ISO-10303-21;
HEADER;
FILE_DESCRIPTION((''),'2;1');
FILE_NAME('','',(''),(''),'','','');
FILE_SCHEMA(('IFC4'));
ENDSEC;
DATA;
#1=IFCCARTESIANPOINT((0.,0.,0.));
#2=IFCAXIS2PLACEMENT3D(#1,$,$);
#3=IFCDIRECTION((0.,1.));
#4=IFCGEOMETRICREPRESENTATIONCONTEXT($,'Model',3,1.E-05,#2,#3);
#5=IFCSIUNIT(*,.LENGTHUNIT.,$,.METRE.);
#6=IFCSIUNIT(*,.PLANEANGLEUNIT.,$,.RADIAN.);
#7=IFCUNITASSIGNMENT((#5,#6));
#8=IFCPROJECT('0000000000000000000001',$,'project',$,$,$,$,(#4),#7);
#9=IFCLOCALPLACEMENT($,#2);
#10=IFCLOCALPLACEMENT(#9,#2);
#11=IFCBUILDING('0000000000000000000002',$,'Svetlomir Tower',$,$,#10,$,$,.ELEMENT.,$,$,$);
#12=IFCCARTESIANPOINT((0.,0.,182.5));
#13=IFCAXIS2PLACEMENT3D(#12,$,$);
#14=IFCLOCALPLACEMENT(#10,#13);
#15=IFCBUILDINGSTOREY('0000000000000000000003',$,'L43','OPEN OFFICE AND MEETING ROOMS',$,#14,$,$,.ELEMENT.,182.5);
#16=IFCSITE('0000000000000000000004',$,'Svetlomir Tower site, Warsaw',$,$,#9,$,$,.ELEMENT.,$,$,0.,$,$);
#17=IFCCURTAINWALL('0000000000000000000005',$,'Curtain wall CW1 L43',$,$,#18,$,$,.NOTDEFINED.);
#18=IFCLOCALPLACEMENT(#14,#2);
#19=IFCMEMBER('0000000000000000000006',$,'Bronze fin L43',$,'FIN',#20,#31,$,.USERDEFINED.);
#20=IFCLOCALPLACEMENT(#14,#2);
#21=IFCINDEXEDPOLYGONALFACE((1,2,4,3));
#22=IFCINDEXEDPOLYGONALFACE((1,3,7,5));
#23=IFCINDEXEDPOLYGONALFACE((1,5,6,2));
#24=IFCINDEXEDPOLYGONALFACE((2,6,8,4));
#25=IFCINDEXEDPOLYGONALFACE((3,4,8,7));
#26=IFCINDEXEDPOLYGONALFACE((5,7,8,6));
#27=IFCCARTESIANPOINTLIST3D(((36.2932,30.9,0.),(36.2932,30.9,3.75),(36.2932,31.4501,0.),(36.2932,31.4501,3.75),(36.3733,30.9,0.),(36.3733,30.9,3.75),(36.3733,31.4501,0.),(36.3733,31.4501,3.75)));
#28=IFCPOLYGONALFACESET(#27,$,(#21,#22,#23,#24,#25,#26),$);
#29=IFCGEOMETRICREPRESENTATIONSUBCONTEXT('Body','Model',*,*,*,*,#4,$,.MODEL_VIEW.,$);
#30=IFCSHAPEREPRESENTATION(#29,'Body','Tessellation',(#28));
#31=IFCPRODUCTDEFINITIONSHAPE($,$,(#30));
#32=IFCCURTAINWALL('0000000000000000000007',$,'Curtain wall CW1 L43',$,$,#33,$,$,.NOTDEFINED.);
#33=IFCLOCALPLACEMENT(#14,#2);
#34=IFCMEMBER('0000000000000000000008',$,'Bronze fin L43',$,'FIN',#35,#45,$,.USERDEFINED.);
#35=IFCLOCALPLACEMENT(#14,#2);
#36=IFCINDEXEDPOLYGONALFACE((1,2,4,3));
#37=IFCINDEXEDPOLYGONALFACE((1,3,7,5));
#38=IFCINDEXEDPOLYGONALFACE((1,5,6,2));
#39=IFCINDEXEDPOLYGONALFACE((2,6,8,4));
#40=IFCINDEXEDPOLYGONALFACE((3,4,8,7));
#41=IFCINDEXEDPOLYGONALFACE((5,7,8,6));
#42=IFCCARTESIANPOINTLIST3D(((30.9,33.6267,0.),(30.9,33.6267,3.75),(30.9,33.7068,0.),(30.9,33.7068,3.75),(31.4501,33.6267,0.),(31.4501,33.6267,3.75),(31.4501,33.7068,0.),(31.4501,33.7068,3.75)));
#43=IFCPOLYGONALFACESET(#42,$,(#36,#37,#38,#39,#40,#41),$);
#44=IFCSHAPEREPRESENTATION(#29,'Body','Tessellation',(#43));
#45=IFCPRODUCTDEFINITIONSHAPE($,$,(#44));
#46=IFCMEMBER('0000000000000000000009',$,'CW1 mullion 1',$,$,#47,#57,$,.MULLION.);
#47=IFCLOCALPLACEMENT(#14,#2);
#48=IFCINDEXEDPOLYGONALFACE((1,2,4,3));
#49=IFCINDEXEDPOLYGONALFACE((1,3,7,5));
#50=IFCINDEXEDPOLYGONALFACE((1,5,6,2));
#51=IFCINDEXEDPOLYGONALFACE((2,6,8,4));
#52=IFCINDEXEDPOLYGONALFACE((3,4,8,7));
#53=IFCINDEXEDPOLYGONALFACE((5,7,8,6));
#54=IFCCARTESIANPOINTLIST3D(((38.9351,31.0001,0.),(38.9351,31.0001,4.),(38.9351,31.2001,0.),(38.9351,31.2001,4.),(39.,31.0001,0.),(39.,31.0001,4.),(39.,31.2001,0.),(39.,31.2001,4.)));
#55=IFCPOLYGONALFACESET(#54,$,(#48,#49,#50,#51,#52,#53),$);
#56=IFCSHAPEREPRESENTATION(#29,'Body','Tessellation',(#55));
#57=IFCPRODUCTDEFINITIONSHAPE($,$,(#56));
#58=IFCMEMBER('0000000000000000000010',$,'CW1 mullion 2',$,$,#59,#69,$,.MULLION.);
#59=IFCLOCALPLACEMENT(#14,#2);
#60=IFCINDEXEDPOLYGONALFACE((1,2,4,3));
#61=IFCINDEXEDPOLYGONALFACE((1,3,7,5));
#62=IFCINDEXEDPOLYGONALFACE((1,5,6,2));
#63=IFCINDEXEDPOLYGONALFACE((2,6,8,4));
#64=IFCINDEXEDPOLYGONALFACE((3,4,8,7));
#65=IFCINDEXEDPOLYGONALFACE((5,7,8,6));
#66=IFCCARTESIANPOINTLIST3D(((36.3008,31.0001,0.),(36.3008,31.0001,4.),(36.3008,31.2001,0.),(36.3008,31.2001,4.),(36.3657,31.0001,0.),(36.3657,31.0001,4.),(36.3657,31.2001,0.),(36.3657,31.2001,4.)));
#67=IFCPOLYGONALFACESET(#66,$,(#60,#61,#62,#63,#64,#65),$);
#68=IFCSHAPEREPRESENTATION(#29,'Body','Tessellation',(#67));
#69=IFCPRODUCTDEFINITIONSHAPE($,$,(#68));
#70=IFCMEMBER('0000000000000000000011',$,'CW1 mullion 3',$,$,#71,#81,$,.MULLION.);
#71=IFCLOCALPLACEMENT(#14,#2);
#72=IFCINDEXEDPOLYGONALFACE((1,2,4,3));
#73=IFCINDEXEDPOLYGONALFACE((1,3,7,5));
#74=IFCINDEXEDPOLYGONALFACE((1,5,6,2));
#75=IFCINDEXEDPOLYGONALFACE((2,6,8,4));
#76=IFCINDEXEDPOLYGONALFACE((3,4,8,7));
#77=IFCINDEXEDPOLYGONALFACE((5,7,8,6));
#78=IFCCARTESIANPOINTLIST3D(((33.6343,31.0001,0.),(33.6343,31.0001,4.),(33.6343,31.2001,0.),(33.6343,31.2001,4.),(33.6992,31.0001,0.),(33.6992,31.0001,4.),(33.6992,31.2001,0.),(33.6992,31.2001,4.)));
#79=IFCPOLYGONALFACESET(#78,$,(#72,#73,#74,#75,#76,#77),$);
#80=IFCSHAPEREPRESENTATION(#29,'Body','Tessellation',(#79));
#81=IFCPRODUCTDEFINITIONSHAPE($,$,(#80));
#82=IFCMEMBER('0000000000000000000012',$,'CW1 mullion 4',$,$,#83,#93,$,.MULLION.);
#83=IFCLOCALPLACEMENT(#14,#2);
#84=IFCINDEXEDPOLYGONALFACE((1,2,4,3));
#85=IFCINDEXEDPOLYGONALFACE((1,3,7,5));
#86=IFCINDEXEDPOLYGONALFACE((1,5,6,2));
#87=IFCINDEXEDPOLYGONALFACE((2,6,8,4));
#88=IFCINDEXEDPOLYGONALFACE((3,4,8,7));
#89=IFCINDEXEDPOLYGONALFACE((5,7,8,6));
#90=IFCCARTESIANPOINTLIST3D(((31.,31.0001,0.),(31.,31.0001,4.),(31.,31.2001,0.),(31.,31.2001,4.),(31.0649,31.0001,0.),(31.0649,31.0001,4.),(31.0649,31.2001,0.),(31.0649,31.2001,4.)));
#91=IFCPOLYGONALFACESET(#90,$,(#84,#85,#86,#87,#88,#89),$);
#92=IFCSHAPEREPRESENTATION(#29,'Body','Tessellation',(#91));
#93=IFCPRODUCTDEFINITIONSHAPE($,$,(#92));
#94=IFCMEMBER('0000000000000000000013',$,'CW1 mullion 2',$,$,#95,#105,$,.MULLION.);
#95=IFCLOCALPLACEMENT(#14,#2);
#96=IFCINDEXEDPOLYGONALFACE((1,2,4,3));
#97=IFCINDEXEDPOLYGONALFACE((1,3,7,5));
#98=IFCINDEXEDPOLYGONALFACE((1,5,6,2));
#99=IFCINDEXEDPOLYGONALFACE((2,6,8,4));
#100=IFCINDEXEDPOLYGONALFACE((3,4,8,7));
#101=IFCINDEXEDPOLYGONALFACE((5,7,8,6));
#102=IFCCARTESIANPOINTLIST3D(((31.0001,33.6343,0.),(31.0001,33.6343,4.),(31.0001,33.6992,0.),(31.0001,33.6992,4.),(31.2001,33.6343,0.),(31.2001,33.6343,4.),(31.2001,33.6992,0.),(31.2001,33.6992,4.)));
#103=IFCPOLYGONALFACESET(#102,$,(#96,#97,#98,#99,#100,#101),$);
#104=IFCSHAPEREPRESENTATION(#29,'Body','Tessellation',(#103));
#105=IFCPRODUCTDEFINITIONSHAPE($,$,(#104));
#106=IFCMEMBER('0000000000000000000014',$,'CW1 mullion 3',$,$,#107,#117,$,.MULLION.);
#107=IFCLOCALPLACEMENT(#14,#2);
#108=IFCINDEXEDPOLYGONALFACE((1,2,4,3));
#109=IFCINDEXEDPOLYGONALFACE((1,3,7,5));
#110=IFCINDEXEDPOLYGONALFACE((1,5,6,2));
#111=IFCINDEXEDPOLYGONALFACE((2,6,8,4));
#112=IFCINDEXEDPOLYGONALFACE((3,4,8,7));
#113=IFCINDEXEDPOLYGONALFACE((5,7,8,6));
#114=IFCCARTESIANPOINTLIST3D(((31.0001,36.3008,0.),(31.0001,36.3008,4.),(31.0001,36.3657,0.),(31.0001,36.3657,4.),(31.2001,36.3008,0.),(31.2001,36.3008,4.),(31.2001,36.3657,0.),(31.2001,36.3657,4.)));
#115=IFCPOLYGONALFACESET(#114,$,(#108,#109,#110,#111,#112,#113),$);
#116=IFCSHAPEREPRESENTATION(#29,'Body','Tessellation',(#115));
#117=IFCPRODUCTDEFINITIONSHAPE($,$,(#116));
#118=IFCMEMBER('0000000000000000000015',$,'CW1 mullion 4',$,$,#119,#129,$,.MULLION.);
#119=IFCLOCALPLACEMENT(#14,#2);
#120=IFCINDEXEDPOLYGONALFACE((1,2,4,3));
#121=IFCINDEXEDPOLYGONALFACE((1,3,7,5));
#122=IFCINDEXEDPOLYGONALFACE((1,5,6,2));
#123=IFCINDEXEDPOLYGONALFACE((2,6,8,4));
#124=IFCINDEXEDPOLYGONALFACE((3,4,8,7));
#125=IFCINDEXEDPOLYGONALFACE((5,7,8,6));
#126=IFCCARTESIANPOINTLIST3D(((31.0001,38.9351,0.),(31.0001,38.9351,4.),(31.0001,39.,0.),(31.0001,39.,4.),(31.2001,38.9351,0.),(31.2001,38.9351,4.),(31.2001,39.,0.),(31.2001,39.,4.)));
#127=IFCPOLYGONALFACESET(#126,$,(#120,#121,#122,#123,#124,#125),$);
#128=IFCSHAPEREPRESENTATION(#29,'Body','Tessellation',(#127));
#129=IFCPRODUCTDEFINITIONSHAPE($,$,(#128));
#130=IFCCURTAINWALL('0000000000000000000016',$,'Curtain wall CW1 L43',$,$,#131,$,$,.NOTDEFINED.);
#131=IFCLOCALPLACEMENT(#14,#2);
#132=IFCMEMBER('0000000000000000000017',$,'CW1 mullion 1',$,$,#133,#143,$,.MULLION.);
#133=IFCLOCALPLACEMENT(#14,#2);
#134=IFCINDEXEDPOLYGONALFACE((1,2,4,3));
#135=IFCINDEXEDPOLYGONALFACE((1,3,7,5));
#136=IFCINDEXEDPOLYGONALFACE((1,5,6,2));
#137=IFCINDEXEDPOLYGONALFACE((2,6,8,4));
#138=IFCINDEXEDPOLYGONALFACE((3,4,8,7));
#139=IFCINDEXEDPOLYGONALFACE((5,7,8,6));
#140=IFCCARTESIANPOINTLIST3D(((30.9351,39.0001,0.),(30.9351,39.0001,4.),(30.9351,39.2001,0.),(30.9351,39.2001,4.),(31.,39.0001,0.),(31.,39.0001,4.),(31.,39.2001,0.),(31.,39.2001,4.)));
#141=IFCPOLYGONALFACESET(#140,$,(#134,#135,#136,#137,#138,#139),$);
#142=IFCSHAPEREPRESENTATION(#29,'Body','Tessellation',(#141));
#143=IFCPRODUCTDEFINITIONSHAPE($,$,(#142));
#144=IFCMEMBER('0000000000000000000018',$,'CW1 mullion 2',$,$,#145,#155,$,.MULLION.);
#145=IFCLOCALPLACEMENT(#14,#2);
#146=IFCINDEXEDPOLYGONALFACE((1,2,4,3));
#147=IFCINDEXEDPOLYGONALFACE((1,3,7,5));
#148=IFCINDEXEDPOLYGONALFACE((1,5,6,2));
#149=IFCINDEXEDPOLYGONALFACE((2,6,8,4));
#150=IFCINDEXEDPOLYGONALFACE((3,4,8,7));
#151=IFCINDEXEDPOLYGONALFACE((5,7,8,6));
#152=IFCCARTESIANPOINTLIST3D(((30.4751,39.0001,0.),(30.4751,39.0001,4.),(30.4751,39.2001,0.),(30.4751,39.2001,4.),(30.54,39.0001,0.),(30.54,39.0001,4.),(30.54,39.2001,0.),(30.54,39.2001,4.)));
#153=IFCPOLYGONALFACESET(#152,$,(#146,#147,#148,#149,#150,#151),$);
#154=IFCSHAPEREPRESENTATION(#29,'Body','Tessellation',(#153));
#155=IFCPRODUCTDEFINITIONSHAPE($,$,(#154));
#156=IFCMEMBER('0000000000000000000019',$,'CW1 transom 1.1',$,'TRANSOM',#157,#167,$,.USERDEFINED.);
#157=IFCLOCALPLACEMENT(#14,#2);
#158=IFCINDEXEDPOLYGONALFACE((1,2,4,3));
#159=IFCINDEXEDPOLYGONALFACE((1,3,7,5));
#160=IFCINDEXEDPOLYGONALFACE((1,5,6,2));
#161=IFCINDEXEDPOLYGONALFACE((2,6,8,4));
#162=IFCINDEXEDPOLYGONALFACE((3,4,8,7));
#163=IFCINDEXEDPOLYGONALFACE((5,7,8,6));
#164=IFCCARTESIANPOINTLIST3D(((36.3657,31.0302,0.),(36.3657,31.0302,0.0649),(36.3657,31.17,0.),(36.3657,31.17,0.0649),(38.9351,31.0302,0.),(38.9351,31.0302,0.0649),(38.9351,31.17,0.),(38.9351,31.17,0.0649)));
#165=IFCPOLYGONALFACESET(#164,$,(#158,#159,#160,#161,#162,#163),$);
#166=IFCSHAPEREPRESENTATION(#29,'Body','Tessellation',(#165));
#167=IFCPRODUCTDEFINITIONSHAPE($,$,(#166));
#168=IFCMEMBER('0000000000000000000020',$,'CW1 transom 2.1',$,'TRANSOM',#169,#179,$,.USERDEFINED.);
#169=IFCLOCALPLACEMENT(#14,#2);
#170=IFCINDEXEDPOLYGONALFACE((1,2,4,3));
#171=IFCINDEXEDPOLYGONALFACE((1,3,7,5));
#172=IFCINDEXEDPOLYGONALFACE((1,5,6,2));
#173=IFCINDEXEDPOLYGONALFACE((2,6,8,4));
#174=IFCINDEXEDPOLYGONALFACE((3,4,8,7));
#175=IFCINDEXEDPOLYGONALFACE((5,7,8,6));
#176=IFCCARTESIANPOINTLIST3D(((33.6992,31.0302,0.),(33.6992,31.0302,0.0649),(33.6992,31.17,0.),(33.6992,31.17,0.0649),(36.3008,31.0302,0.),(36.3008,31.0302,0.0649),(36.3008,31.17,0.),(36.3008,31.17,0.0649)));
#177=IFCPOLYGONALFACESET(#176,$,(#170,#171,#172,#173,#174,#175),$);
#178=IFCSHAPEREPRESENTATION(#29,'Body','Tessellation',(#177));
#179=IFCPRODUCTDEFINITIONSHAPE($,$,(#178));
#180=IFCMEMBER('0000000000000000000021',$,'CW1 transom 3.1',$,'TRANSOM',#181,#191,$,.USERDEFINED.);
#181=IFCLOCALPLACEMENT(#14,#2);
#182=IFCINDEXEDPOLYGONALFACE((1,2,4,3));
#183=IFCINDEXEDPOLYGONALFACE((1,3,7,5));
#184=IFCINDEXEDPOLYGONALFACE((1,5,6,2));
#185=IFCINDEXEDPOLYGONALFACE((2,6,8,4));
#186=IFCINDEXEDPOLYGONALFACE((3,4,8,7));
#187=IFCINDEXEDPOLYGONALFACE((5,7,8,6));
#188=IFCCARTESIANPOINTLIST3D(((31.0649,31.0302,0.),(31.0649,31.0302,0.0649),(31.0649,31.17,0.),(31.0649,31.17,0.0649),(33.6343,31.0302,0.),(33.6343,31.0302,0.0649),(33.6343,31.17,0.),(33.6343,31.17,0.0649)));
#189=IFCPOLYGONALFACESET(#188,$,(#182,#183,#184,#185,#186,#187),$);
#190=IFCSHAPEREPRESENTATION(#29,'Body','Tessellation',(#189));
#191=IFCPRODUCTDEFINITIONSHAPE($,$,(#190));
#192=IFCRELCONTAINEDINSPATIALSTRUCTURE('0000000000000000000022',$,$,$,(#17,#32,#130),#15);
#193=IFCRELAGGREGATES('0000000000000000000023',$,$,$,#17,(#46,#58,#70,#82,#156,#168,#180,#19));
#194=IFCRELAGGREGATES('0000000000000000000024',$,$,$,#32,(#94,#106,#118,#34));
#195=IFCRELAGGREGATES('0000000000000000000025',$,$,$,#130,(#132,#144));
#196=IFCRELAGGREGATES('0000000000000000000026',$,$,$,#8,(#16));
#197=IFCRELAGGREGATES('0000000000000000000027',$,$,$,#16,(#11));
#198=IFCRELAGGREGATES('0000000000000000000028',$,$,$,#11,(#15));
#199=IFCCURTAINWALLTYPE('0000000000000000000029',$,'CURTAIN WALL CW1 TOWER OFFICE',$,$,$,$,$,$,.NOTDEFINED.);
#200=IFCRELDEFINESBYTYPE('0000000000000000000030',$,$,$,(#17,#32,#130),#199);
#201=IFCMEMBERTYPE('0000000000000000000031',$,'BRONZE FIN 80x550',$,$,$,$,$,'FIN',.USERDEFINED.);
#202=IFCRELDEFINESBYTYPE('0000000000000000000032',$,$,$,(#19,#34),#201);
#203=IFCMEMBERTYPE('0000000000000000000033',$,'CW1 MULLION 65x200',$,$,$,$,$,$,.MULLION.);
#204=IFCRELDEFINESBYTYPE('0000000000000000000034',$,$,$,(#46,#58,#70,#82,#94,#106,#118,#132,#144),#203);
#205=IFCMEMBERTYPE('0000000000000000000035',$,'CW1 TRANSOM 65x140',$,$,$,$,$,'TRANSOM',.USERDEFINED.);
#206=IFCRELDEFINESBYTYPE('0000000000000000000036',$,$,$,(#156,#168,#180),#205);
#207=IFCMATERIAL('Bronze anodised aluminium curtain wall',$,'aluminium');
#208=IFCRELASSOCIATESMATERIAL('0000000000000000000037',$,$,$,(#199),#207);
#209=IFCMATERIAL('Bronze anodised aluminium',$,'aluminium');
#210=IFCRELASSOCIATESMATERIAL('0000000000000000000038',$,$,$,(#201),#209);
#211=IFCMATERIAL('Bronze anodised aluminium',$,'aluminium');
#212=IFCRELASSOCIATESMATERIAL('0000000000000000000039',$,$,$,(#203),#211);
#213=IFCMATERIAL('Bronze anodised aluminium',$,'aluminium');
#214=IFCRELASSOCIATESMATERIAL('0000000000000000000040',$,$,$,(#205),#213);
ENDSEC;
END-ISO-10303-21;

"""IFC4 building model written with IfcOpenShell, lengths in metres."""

from ifc_helpers import new_model, si_unit, direction, frame, origin, origin_2d, place, context, subcontext, project, spatial, rectangle, extrude, material, material_profile, profile_set, type_object, element, aggregate, save


model = new_model("IFC4")

# Units and contexts
model_context = context("Model", 3, precision=1e-05, world=origin(), true_north=direction((0.0, 1.0)))
body_context = subcontext(model_context, "Body", "Model", "MODEL_VIEW")
ifc_project = project(units=[si_unit("LENGTHUNIT", "METRE"), si_unit("PLANEANGLEUNIT", "RADIAN")], contexts=[model_context])

# Site, building, storey
site_placement = place(None, origin())
site = spatial("IfcSite", under=ifc_project, at=site_placement, Name="Svetlomir Tower site, Warsaw", CompositionType="ELEMENT", RefElevation=0.0)
building_placement = place(site_placement, origin())
building = spatial("IfcBuilding", under=site, at=building_placement, Name="Svetlomir Tower", CompositionType="ELEMENT")
storey_placement = place(building_placement, frame((0.0, 0.0, 182.5)))
storey = spatial("IfcBuildingStorey", under=building, at=storey_placement, Name="L43", Description="OPEN OFFICE AND MEETING ROOMS", CompositionType="ELEMENT", Elevation=182.5)

# Curtain walls, members
ifc_material_1 = material(Name="Bronze anodised aluminium curtain wall", Category="aluminium")
curtain_wall_type = type_object("IfcCurtainWallType", Name="CURTAIN WALL CW1 TOWER OFFICE", PredefinedType="NOTDEFINED", material=ifc_material_1)
curtain_wall_1_placement = place(storey_placement, origin())
curtain_wall_1 = element("IfcCurtainWall", 1, at=curtain_wall_1_placement, inside=storey, type_object=curtain_wall_type, Name="Curtain wall CW1 L43", PredefinedType="NOTDEFINED")
ifc_material_2 = material(Name="Bronze anodised aluminium", Category="aluminium")
ifc_material_profile_1 = material_profile(ifc_material_2, rectangle(XDim=0.0801, YDim=0.55, at=origin_2d()), Name="FIN 80x550")
ifc_profile_set_1 = profile_set([ifc_material_profile_1], Name="Bronze anodised aluminium 6063-T6")
member_type_1 = type_object("IfcMemberType", Name="BRONZE FIN 80x550", ElementType="FIN", PredefinedType="USERDEFINED", material=ifc_profile_set_1)
member_1_placement = place(storey_placement, frame((36.3333, 31.175, 0.0), z_axis=(0.0, 0.0, 1.0), x_axis=(1.0, 0.0, 0.0)))
member_1 = element("IfcMember", 2, at=member_1_placement, type_object=member_type_1, Name="Bronze fin L43", ObjectType="FIN", PredefinedType="USERDEFINED", context=body_context, shape_type="SweptSolid", body=[
    extrude(rectangle(XDim=0.0801, YDim=0.55, at=origin_2d()), origin(), (0.0, 0.0, 1.0), 3.75),
])
curtain_wall_2_placement = place(storey_placement, origin())
curtain_wall_2 = element("IfcCurtainWall", 3, at=curtain_wall_2_placement, inside=storey, type_object=curtain_wall_type, Name="Curtain wall CW1 L43", PredefinedType="NOTDEFINED")
member_2_placement = place(storey_placement, frame((31.175, 33.6667, 0.0), z_axis=(0.0, 0.0, 1.0), x_axis=(0.0, 1.0, 0.0)))
member_2 = element("IfcMember", 4, at=member_2_placement, type_object=member_type_1, Name="Bronze fin L43", ObjectType="FIN", PredefinedType="USERDEFINED", context=body_context, shape_type="SweptSolid", body=[
    extrude(rectangle(XDim=0.0801, YDim=0.55, at=origin_2d()), origin(), (0.0, 0.0, 1.0), 3.75),
])

# Members
ifc_material_3 = material(Name="Bronze anodised aluminium", Category="aluminium")
ifc_material_profile_2 = material_profile(ifc_material_3, rectangle(XDim=0.0649, YDim=0.2, at=origin_2d()), Name="AL 65x200")
ifc_profile_set_2 = profile_set([ifc_material_profile_2], Name="Bronze anodised aluminium 6063-T6")
member_type_2 = type_object("IfcMemberType", Name="CW1 MULLION 65x200", PredefinedType="MULLION", material=ifc_profile_set_2)
member_3_placement = place(storey_placement, frame((38.9675, 31.1001, 0.0), z_axis=(0.0, 0.0, 1.0), x_axis=(-1.0, 0.0, 0.0)))
member_3 = element("IfcMember", 5, at=member_3_placement, type_object=member_type_2, Name="CW1 mullion 1", PredefinedType="MULLION", context=body_context, shape_type="SweptSolid", body=[
    extrude(rectangle(XDim=0.0649, YDim=0.2, at=origin_2d()), origin(), (0.0, 0.0, 1.0), 4.0),
])
member_4_placement = place(storey_placement, frame((36.3333, 31.1001, 0.0), z_axis=(0.0, 0.0, 1.0), x_axis=(-1.0, 0.0, 0.0)))
member_4 = element("IfcMember", 6, at=member_4_placement, type_object=member_type_2, Name="CW1 mullion 2", PredefinedType="MULLION", context=body_context, shape_type="SweptSolid", body=[
    extrude(rectangle(XDim=0.0649, YDim=0.2, at=origin_2d()), origin(), (0.0, 0.0, 1.0), 4.0),
])
member_5_placement = place(storey_placement, frame((33.6667, 31.1001, 0.0), z_axis=(0.0, 0.0, 1.0), x_axis=(-1.0, 0.0, 0.0)))
member_5 = element("IfcMember", 7, at=member_5_placement, type_object=member_type_2, Name="CW1 mullion 3", PredefinedType="MULLION", context=body_context, shape_type="SweptSolid", body=[
    extrude(rectangle(XDim=0.0649, YDim=0.2, at=origin_2d()), origin(), (0.0, 0.0, 1.0), 4.0),
])
member_6_placement = place(storey_placement, frame((31.0325, 31.1001, 0.0), z_axis=(0.0, 0.0, 1.0), x_axis=(-1.0, 0.0, 0.0)))
member_6 = element("IfcMember", 8, at=member_6_placement, type_object=member_type_2, Name="CW1 mullion 4", PredefinedType="MULLION", context=body_context, shape_type="SweptSolid", body=[
    extrude(rectangle(XDim=0.0649, YDim=0.2, at=origin_2d()), origin(), (0.0, 0.0, 1.0), 4.0),
])
member_7_placement = place(storey_placement, frame((31.1001, 33.6667, 0.0), z_axis=(0.0, 0.0, 1.0), x_axis=(0.0, 1.0, 0.0)))
member_7 = element("IfcMember", 9, at=member_7_placement, type_object=member_type_2, Name="CW1 mullion 2", PredefinedType="MULLION", context=body_context, shape_type="SweptSolid", body=[
    extrude(rectangle(XDim=0.0649, YDim=0.2, at=origin_2d()), origin(), (0.0, 0.0, 1.0), 4.0),
])
member_8_placement = place(storey_placement, frame((31.1001, 36.3333, 0.0), z_axis=(0.0, 0.0, 1.0), x_axis=(0.0, 1.0, 0.0)))
member_8 = element("IfcMember", 10, at=member_8_placement, type_object=member_type_2, Name="CW1 mullion 3", PredefinedType="MULLION", context=body_context, shape_type="SweptSolid", body=[
    extrude(rectangle(XDim=0.0649, YDim=0.2, at=origin_2d()), origin(), (0.0, 0.0, 1.0), 4.0),
])
member_9_placement = place(storey_placement, frame((31.1001, 38.9675, 0.0), z_axis=(0.0, 0.0, 1.0), x_axis=(0.0, 1.0, 0.0)))
member_9 = element("IfcMember", 11, at=member_9_placement, type_object=member_type_2, Name="CW1 mullion 4", PredefinedType="MULLION", context=body_context, shape_type="SweptSolid", body=[
    extrude(rectangle(XDim=0.0649, YDim=0.2, at=origin_2d()), origin(), (0.0, 0.0, 1.0), 4.0),
])

# Curtain wall, members
curtain_wall_3_placement = place(storey_placement, origin())
curtain_wall_3 = element("IfcCurtainWall", 12, at=curtain_wall_3_placement, inside=storey, type_object=curtain_wall_type, Name="Curtain wall CW1 L43", PredefinedType="NOTDEFINED")
member_10_placement = place(storey_placement, frame((30.9675, 39.1001, 0.0), z_axis=(0.0, 0.0, 1.0), x_axis=(-1.0, 0.0, 0.0)))
member_10 = element("IfcMember", 13, at=member_10_placement, type_object=member_type_2, Name="CW1 mullion 1", PredefinedType="MULLION", context=body_context, shape_type="SweptSolid", body=[
    extrude(rectangle(XDim=0.0649, YDim=0.2, at=origin_2d()), origin(), (0.0, 0.0, 1.0), 4.0),
])
member_11_placement = place(storey_placement, frame((30.5076, 39.1001, 0.0), z_axis=(0.0, 0.0, 1.0), x_axis=(-1.0, 0.0, 0.0)))
member_11 = element("IfcMember", 14, at=member_11_placement, type_object=member_type_2, Name="CW1 mullion 2", PredefinedType="MULLION", context=body_context, shape_type="SweptSolid", body=[
    extrude(rectangle(XDim=0.0649, YDim=0.2, at=origin_2d()), origin(), (0.0, 0.0, 1.0), 4.0),
])

# Members
ifc_material_4 = material(Name="Bronze anodised aluminium", Category="aluminium")
ifc_material_profile_3 = material_profile(ifc_material_4, rectangle(XDim=0.1399, YDim=0.0649, at=origin_2d()), Name="AL 140x65")
ifc_profile_set_3 = profile_set([ifc_material_profile_3], Name="Bronze anodised aluminium 6063-T6")
member_type_3 = type_object("IfcMemberType", Name="CW1 TRANSOM 65x140", ElementType="TRANSOM", PredefinedType="USERDEFINED", material=ifc_profile_set_3)
member_12_placement = place(storey_placement, frame((38.9351, 31.1001, 0.0325), z_axis=(-1.0, 0.0, 0.0), x_axis=(0.0, -1.0, 0.0)))
member_12 = element("IfcMember", 15, at=member_12_placement, type_object=member_type_3, Name="CW1 transom 1.1", ObjectType="TRANSOM", PredefinedType="USERDEFINED", context=body_context, shape_type="SweptSolid", body=[
    extrude(rectangle(XDim=0.1399, YDim=0.0649, at=origin_2d()), origin(), (0.0, 0.0, 1.0), 2.5693),
])
member_13_placement = place(storey_placement, frame((36.3008, 31.1001, 0.0325), z_axis=(-1.0, 0.0, 0.0), x_axis=(0.0, -1.0, 0.0)))
member_13 = element("IfcMember", 16, at=member_13_placement, type_object=member_type_3, Name="CW1 transom 2.1", ObjectType="TRANSOM", PredefinedType="USERDEFINED", context=body_context, shape_type="SweptSolid", body=[
    extrude(rectangle(XDim=0.1399, YDim=0.0649, at=origin_2d()), origin(), (0.0, 0.0, 1.0), 2.6016),
])
member_14_placement = place(storey_placement, frame((33.6343, 31.1001, 0.0325), z_axis=(-1.0, 0.0, 0.0), x_axis=(0.0, -1.0, 0.0)))
member_14 = element("IfcMember", 17, at=member_14_placement, type_object=member_type_3, Name="CW1 transom 3.1", ObjectType="TRANSOM", PredefinedType="USERDEFINED", context=body_context, shape_type="SweptSolid", body=[
    extrude(rectangle(XDim=0.1399, YDim=0.0649, at=origin_2d()), origin(), (0.0, 0.0, 1.0), 2.5693),
])

aggregate(curtain_wall_1, [member_3, member_4, member_5, member_6, member_12, member_13, member_14, member_1])
aggregate(curtain_wall_2, [member_7, member_8, member_9, member_2])
aggregate(curtain_wall_3, [member_10, member_11])

save(model, "model.ifc")
